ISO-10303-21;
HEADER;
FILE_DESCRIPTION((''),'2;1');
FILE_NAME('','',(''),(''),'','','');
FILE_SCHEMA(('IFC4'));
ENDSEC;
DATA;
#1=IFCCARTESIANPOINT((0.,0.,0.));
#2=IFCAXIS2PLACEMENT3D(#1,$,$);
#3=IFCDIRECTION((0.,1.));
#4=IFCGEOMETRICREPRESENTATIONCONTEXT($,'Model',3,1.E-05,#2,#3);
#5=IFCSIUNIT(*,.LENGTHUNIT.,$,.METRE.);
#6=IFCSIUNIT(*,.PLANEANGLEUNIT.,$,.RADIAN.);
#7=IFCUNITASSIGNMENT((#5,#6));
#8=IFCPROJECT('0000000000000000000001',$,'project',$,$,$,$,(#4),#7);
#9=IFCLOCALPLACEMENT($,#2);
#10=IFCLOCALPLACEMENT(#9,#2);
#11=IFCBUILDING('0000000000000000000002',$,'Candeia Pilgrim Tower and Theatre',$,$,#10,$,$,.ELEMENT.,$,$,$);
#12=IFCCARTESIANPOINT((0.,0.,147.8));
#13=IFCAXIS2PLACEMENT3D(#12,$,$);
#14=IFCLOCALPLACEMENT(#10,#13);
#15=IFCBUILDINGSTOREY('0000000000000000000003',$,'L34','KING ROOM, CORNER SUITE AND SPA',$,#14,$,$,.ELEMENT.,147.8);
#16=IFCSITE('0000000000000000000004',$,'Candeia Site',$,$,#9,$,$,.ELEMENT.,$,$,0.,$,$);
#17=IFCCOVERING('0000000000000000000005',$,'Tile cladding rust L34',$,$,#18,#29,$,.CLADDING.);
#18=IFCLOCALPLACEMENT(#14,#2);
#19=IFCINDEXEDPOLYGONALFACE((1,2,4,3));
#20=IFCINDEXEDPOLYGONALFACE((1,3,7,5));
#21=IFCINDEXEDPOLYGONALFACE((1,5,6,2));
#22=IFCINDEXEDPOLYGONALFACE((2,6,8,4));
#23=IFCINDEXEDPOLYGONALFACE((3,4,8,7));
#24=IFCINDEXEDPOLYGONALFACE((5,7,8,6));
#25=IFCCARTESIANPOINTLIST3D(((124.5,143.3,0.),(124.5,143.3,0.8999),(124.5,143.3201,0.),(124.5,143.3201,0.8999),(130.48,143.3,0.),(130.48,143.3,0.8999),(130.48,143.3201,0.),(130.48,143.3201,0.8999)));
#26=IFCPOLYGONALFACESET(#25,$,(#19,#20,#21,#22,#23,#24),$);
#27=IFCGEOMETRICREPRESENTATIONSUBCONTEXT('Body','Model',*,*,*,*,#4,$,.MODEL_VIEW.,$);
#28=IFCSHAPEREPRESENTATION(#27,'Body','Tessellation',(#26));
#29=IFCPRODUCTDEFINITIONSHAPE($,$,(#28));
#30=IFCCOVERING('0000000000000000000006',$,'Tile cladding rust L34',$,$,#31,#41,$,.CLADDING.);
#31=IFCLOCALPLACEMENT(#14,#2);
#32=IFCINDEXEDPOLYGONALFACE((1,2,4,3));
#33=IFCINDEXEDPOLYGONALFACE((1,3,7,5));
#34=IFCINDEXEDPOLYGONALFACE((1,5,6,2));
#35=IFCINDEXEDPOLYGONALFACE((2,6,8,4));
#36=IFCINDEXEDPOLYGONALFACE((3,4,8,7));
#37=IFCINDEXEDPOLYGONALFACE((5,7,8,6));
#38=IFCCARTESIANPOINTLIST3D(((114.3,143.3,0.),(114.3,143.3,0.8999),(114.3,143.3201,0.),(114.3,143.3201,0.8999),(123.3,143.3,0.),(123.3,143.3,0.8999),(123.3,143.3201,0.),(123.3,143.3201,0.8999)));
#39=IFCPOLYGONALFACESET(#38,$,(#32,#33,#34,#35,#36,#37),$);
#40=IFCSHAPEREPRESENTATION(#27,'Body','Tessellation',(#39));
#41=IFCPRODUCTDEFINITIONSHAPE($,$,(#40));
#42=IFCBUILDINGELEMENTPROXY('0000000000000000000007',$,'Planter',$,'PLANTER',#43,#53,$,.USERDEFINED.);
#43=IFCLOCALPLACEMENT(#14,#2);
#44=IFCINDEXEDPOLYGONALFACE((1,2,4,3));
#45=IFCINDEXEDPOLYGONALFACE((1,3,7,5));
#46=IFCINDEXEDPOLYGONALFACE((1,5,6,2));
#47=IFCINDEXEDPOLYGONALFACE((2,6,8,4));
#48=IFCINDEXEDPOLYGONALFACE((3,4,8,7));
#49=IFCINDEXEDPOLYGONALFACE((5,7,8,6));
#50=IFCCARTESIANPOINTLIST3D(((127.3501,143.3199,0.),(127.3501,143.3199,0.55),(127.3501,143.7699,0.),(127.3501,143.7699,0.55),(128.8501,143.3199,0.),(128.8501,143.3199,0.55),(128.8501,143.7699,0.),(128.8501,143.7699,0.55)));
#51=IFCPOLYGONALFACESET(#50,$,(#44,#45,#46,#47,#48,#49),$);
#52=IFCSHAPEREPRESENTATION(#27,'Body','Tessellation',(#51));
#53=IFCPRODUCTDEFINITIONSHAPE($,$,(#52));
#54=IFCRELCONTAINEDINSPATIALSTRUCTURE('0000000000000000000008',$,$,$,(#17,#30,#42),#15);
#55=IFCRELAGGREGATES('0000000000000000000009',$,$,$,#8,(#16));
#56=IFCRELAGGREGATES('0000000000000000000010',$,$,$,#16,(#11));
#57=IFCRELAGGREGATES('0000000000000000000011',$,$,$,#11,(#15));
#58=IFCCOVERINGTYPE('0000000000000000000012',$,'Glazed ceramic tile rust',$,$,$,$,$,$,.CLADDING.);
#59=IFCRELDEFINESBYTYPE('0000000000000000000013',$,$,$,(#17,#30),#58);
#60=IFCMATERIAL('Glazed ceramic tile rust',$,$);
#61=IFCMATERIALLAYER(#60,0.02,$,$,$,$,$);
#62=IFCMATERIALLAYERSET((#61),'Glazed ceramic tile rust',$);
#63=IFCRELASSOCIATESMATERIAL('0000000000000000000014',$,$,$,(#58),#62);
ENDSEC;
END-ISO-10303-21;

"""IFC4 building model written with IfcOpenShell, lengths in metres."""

from ifc_helpers import new_model, si_unit, direction, frame, origin, origin_2d, place, context, subcontext, project, spatial, rectangle, extrude, material, layer, layer_set, type_object, element, save


model = new_model("IFC4")

# Units and contexts
model_context = context("Model", 3, precision=1e-05, world=origin(), true_north=direction((0.0, 1.0)))
body_context = subcontext(model_context, "Body", "Model", "MODEL_VIEW")
ifc_project = project(units=[si_unit("LENGTHUNIT", "METRE"), si_unit("PLANEANGLEUNIT", "RADIAN")], contexts=[model_context])

# Site, building, storey
site_placement = place(None, origin())
site = spatial("IfcSite", under=ifc_project, at=site_placement, Name="Candeia Site", CompositionType="ELEMENT", RefElevation=0.0)
building_placement = place(site_placement, origin())
building = spatial("IfcBuilding", under=site, at=building_placement, Name="Candeia Pilgrim Tower and Theatre", CompositionType="ELEMENT")
storey_placement = place(building_placement, frame((0.0, 0.0, 147.8)))
storey = spatial("IfcBuildingStorey", under=building, at=storey_placement, Name="L34", Description="KING ROOM, CORNER SUITE AND SPA", CompositionType="ELEMENT", Elevation=147.8)

# Coverings
ifc_material_1 = material(Name="Glazed ceramic tile rust")
ifc_layer_1 = layer(ifc_material_1, 0.02)
ifc_layer_set_1 = layer_set([ifc_layer_1], Name="Glazed ceramic tile rust")
covering_type = type_object("IfcCoveringType", Name="Glazed ceramic tile rust", PredefinedType="CLADDING", material=ifc_layer_set_1)
covering_1_placement = place(storey_placement, frame((127.49, 143.3101, 0.0), z_axis=(0.0, 0.0, 1.0), x_axis=(-1.0, 0.0, 0.0)))
element("IfcCovering", 1, at=covering_1_placement, inside=storey, type_object=covering_type, Name="Tile cladding rust L34", PredefinedType="CLADDING", context=body_context, shape_type="SweptSolid", body=[
    extrude(rectangle(XDim=5.98, YDim=0.02, at=origin_2d()), origin(), (0.0, 0.0, 1.0), 0.8999),
])
covering_2_placement = place(storey_placement, frame((118.8, 143.3101, 0.0), z_axis=(0.0, 0.0, 1.0), x_axis=(-1.0, 0.0, 0.0)))
element("IfcCovering", 2, at=covering_2_placement, inside=storey, type_object=covering_type, Name="Tile cladding rust L34", PredefinedType="CLADDING", context=body_context, shape_type="SweptSolid", body=[
    extrude(rectangle(XDim=9.0, YDim=0.02, at=origin_2d()), origin(), (0.0, 0.0, 1.0), 0.8999),
])

# Building element proxy
proxy_placement = place(storey_placement, frame((128.1001, 143.5449, 0.0), z_axis=(0.0, 0.0, 1.0), x_axis=(-1.0, 0.0, 0.0)))
element("IfcBuildingElementProxy", 3, at=proxy_placement, inside=storey, Name="Planter", ObjectType="PLANTER", PredefinedType="USERDEFINED", context=body_context, shape_type="SweptSolid", body=[
    extrude(rectangle(XDim=1.5, YDim=0.45, at=origin_2d()), origin(), (0.0, 0.0, 1.0), 0.55),
])

save(model, "model.ifc")
